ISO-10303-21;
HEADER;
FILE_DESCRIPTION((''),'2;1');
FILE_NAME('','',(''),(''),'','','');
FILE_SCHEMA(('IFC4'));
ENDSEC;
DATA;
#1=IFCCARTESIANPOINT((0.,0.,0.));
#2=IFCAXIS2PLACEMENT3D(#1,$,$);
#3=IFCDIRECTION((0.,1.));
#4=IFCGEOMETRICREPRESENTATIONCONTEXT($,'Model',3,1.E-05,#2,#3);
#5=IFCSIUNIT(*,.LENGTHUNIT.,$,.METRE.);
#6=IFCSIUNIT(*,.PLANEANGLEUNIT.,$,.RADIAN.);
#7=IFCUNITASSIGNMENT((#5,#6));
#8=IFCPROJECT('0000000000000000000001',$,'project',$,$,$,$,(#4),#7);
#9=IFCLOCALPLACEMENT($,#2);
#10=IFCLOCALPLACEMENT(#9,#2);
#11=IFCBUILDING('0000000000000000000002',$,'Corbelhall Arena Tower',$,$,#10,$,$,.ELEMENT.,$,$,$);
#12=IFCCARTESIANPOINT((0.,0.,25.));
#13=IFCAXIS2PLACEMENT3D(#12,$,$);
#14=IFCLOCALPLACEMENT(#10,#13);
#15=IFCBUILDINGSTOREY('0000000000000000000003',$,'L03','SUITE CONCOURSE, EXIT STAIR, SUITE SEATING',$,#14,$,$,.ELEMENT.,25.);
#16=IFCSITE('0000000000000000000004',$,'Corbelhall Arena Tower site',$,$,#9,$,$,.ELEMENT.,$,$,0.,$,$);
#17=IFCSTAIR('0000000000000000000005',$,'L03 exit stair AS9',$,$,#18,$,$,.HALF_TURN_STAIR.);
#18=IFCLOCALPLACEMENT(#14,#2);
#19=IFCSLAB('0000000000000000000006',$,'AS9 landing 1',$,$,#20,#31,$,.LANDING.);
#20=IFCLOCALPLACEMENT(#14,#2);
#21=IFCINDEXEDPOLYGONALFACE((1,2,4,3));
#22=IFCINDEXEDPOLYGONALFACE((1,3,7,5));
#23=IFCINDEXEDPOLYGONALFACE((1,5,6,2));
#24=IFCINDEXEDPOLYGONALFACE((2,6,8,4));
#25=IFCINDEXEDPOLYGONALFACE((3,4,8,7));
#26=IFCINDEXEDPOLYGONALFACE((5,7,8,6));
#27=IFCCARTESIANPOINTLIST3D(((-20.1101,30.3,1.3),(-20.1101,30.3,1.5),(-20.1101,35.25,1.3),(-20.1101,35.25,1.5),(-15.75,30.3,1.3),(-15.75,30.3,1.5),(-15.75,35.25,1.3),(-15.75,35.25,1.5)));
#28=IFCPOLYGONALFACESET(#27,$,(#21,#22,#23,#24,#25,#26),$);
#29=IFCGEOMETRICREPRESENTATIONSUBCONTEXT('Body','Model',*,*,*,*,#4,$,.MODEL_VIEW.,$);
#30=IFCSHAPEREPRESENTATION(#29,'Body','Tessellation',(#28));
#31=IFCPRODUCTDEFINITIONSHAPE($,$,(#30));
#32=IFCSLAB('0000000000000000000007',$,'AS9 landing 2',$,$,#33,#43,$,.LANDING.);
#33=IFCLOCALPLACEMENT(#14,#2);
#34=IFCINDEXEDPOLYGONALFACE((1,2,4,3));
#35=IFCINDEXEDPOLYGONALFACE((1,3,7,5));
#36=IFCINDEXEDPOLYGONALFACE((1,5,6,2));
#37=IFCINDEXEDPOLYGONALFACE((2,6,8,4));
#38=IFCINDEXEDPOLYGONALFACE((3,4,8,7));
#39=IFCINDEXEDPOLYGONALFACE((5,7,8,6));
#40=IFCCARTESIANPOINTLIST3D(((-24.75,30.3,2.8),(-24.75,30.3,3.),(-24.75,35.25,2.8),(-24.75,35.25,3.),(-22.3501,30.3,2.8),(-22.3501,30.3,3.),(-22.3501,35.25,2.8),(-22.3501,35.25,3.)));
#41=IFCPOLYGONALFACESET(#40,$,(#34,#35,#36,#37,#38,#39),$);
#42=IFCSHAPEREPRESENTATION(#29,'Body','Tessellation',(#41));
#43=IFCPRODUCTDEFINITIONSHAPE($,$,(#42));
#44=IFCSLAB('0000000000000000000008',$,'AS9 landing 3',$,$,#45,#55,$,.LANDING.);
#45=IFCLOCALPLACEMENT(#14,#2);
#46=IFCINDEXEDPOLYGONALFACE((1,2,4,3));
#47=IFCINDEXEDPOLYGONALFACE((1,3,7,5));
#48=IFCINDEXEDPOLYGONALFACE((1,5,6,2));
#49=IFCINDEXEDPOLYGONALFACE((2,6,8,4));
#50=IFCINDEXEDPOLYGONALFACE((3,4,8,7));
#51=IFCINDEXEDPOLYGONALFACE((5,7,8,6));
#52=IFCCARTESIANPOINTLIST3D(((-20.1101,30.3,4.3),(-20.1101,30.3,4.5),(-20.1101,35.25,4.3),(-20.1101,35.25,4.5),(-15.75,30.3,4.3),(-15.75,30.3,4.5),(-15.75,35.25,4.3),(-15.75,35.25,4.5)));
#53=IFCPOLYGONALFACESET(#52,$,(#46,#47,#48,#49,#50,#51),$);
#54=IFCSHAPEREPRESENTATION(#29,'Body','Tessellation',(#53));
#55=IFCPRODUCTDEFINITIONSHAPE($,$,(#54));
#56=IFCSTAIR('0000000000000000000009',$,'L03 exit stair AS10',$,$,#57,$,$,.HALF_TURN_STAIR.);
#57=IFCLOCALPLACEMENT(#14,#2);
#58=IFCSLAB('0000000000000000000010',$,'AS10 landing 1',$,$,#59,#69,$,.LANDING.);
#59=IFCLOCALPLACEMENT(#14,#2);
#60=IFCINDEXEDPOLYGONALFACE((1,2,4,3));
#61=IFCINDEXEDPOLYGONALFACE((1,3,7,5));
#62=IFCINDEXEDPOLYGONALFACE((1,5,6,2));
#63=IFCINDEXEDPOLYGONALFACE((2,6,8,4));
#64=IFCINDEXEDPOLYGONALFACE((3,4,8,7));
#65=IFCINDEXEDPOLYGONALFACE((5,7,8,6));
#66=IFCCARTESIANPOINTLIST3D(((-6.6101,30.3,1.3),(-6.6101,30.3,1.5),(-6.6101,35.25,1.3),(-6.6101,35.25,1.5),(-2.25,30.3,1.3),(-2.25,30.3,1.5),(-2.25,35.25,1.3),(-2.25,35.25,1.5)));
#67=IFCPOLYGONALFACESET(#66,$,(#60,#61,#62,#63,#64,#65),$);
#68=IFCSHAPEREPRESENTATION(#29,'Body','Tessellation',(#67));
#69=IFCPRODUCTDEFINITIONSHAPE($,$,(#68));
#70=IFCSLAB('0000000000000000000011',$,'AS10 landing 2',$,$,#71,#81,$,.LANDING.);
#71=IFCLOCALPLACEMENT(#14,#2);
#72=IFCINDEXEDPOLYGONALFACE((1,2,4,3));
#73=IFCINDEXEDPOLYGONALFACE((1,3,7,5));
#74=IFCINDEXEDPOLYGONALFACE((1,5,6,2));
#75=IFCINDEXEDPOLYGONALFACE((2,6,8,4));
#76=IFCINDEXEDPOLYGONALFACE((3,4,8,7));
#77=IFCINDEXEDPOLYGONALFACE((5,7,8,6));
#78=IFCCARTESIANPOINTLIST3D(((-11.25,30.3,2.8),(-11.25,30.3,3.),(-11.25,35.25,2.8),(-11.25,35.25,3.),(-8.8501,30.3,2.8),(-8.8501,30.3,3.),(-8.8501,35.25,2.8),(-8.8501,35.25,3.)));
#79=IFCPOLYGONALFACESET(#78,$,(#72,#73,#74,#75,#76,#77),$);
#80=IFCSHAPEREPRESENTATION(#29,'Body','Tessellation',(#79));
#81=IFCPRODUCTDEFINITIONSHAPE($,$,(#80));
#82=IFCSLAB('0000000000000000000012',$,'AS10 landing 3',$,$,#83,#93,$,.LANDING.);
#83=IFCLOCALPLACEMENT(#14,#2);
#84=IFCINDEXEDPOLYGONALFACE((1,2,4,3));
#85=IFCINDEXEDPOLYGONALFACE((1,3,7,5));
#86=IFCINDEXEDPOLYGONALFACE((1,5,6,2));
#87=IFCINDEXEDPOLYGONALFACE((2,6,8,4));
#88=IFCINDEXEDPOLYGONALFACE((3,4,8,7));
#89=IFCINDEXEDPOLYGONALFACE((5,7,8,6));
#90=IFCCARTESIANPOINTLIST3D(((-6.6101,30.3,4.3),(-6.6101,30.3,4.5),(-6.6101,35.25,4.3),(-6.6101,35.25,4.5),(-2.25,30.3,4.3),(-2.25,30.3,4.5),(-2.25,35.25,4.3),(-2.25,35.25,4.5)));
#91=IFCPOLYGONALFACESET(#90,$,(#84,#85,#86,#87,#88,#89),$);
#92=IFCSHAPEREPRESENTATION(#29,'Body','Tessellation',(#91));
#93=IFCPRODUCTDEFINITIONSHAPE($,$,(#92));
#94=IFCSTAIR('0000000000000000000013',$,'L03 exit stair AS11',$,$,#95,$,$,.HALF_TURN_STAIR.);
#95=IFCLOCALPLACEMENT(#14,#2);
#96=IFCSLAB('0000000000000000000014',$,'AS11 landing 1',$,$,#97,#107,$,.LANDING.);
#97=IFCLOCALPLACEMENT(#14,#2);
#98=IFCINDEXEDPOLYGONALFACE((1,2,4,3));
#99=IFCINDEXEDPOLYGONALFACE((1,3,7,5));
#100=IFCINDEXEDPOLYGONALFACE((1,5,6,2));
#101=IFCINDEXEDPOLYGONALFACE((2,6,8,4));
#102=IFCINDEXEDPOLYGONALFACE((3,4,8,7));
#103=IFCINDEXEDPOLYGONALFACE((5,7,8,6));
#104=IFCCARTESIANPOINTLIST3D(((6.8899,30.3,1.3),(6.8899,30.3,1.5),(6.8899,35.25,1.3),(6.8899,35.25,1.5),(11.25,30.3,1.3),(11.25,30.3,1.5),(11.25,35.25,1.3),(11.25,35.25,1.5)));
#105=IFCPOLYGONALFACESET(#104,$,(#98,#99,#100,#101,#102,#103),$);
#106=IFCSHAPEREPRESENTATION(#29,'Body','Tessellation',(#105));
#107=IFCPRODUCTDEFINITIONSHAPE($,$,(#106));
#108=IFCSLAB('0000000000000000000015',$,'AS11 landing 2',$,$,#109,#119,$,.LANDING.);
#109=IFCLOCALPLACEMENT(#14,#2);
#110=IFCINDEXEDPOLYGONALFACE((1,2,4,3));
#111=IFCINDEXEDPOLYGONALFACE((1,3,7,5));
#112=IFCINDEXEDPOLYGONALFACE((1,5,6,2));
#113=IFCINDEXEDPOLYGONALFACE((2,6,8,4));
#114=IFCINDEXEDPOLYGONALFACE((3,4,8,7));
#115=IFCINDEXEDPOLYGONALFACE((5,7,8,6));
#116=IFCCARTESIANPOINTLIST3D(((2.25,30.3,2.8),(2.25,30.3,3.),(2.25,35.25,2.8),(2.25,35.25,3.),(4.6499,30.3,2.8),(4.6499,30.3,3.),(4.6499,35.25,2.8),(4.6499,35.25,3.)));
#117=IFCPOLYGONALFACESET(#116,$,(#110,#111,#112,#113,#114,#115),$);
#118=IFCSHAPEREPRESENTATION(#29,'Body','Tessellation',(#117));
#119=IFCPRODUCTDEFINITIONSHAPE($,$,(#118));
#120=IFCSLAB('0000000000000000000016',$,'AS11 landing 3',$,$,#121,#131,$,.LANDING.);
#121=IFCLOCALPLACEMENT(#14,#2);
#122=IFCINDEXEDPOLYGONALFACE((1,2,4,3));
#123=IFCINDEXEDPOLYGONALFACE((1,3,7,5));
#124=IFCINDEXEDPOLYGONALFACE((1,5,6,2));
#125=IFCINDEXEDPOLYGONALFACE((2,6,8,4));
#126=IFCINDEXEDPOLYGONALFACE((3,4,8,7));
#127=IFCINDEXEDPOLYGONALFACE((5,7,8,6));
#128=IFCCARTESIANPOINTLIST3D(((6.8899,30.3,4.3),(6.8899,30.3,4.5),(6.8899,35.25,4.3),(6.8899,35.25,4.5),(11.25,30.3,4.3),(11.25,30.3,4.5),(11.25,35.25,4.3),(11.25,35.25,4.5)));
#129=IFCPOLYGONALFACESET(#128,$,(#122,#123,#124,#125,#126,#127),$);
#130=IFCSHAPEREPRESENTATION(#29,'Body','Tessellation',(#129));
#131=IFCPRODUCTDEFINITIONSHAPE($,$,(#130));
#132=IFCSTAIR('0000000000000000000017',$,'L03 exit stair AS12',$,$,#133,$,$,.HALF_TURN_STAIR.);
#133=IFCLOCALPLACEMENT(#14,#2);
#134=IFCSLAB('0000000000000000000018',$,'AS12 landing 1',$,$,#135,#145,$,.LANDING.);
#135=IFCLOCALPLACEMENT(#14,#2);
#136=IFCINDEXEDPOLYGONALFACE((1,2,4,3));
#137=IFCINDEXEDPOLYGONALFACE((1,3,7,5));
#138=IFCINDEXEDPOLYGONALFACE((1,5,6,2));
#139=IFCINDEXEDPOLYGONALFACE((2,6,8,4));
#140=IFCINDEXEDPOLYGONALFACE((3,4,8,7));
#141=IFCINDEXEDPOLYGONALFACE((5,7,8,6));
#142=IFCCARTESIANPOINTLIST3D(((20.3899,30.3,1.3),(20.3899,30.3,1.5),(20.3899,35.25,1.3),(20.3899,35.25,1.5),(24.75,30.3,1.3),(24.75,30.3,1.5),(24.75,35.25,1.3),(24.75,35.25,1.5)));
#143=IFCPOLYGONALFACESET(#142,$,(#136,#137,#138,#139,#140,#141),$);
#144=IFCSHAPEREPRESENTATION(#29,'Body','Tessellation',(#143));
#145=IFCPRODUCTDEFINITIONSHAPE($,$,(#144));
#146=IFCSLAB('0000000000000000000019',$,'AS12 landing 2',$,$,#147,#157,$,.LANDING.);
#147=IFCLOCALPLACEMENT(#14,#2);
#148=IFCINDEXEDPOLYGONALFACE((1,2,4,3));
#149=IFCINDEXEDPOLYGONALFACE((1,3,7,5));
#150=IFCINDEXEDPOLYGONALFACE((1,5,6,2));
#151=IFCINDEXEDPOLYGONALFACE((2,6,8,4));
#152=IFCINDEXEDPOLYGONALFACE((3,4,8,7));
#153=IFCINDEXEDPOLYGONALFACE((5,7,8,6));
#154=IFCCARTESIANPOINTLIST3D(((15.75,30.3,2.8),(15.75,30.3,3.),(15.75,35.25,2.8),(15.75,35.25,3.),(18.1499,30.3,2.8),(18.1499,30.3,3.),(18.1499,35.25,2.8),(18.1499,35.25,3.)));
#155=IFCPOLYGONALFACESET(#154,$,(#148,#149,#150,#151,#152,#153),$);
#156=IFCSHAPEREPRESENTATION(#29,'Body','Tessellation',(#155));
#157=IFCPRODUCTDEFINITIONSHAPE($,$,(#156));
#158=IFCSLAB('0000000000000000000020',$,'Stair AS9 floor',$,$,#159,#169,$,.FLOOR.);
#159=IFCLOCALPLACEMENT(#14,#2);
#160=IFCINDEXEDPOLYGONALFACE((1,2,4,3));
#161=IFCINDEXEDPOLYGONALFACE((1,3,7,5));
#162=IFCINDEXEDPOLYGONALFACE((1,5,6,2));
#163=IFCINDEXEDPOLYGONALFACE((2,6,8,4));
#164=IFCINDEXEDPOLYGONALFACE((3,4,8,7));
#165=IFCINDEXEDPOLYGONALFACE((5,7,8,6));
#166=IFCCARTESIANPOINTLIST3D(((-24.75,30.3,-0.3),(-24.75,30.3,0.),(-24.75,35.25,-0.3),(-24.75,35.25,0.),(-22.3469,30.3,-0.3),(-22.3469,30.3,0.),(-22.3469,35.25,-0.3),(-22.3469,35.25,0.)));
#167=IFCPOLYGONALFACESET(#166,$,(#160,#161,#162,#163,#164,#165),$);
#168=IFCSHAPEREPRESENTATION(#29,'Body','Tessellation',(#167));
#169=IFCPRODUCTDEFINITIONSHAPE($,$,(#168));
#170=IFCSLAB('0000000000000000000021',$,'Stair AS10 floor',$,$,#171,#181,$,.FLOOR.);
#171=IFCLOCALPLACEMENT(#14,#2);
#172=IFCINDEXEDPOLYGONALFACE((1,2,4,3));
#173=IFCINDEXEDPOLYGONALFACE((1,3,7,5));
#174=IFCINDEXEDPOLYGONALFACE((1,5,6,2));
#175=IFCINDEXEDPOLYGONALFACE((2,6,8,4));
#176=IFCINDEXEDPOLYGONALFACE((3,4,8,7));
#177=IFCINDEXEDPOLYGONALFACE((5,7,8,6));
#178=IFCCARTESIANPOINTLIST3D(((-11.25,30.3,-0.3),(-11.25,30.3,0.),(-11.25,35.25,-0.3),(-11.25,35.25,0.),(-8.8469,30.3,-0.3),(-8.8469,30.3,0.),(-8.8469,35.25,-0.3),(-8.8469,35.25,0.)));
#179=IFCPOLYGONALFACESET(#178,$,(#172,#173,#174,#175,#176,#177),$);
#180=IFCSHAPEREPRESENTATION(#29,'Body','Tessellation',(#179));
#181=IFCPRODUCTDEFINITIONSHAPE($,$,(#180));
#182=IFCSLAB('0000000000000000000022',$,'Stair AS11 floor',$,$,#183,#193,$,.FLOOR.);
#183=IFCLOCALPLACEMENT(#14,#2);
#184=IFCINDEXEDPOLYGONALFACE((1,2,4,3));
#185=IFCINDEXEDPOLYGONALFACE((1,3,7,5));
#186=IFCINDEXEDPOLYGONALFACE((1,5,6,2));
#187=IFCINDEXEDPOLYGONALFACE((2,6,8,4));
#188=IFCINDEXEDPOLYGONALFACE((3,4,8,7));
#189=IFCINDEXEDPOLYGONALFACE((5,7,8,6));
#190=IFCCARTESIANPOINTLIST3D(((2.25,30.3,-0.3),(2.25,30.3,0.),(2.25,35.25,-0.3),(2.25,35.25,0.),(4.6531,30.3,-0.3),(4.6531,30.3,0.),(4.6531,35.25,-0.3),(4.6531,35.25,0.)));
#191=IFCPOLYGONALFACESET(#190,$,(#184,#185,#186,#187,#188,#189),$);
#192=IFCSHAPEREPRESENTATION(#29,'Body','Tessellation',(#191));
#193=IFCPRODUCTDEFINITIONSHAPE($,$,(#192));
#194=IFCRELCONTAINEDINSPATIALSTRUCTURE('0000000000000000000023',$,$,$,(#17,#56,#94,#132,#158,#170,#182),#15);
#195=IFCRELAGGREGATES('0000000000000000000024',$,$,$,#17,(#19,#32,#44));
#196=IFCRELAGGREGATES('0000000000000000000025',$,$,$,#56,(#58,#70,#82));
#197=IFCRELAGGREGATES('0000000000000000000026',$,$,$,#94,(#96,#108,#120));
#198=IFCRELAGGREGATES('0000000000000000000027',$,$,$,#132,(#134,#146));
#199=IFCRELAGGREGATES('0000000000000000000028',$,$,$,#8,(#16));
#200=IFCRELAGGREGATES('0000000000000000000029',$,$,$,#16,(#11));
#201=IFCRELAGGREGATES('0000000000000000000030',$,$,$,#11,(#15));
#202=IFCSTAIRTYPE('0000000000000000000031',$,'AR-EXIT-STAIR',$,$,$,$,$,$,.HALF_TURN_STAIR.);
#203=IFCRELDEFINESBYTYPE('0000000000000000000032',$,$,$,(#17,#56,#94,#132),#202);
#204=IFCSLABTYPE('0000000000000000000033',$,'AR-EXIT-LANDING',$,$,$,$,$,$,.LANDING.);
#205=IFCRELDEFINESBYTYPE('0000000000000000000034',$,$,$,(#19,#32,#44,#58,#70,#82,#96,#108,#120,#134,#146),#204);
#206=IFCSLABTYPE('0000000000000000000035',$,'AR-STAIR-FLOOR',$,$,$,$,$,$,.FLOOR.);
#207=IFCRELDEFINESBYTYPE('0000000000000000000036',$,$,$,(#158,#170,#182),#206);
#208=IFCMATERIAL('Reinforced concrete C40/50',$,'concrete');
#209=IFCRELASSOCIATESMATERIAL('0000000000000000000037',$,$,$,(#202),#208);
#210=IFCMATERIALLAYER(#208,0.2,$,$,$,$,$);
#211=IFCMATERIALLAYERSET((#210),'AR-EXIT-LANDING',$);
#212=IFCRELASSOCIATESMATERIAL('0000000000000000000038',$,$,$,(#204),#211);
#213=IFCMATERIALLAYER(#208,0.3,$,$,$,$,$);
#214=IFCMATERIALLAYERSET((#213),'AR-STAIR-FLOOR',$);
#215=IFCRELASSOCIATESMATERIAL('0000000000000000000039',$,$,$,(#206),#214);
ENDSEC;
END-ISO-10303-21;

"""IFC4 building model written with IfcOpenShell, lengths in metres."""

from ifc_helpers import new_model, si_unit, direction, frame, origin, place, context, subcontext, project, spatial, polyline, outline, extrude, material, layer, layer_set, type_object, element, aggregate, save


model = new_model("IFC4")

# Units and contexts
model_context = context("Model", 3, precision=1e-05, world=origin(), true_north=direction((0.0, 1.0)))
body_context = subcontext(model_context, "Body", "Model", "MODEL_VIEW")
ifc_project = project(units=[si_unit("LENGTHUNIT", "METRE"), si_unit("PLANEANGLEUNIT", "RADIAN")], contexts=[model_context])

# Site, building, storey
site_placement = place(None, origin())
site = spatial("IfcSite", under=ifc_project, at=site_placement, Name="Corbelhall Arena Tower site", CompositionType="ELEMENT", RefElevation=0.0)
building_placement = place(site_placement, origin())
building = spatial("IfcBuilding", under=site, at=building_placement, Name="Corbelhall Arena Tower", CompositionType="ELEMENT")
storey_placement = place(building_placement, frame((0.0, 0.0, 25.0)))
storey = spatial("IfcBuildingStorey", under=building, at=storey_placement, Name="L03", Description="SUITE CONCOURSE, EXIT STAIR, SUITE SEATING", CompositionType="ELEMENT", Elevation=25.0)

# Stairs, slabs
ifc_material_1 = material(Name="Reinforced concrete C40/50", Category="concrete")
stair_type_1 = type_object("IfcStairType", Name="AR-EXIT-STAIR", PredefinedType="HALF_TURN_STAIR", material=ifc_material_1)
stair_1_placement = place(storey_placement, origin())
stair_1 = element("IfcStair", 1, at=stair_1_placement, inside=storey, type_object=stair_type_1, Name="L03 exit stair AS9", PredefinedType="HALF_TURN_STAIR")
ifc_layer_1 = layer(ifc_material_1, 0.2)
ifc_layer_set_1 = layer_set([ifc_layer_1], Name="AR-EXIT-LANDING")
slab_type_1 = type_object("IfcSlabType", Name="AR-EXIT-LANDING", PredefinedType="LANDING", material=ifc_layer_set_1)
slab_1_placement = place(storey_placement, frame((0.0, 0.0, 1.3)))
slab_1 = element("IfcSlab", 2, at=slab_1_placement, type_object=slab_type_1, Name="AS9 landing 1", PredefinedType="LANDING", context=body_context, shape_type="SweptSolid", body=[
    extrude(outline(polyline([(-20.1101, 30.3), (-15.75, 30.3), (-15.75, 35.25), (-20.1101, 35.25), (-20.1101, 30.3)])), origin(), (0.0, 0.0, 1.0), 0.2),
])
slab_2_placement = place(storey_placement, frame((0.0, 0.0, 2.8)))
slab_2 = element("IfcSlab", 3, at=slab_2_placement, type_object=slab_type_1, Name="AS9 landing 2", PredefinedType="LANDING", context=body_context, shape_type="SweptSolid", body=[
    extrude(outline(polyline([(-24.75, 30.3), (-22.3501, 30.3), (-22.3501, 35.25), (-24.75, 35.25), (-24.75, 30.3)])), origin(), (0.0, 0.0, 1.0), 0.2),
])
slab_3_placement = place(storey_placement, frame((0.0, 0.0, 4.3)))
slab_3 = element("IfcSlab", 4, at=slab_3_placement, type_object=slab_type_1, Name="AS9 landing 3", PredefinedType="LANDING", context=body_context, shape_type="SweptSolid", body=[
    extrude(outline(polyline([(-20.1101, 30.3), (-15.75, 30.3), (-15.75, 35.25), (-20.1101, 35.25), (-20.1101, 30.3)])), origin(), (0.0, 0.0, 1.0), 0.2),
])
aggregate(stair_1, [slab_1, slab_2, slab_3])
stair_2_placement = place(storey_placement, origin())
stair_2 = element("IfcStair", 5, at=stair_2_placement, inside=storey, type_object=stair_type_1, Name="L03 exit stair AS10", PredefinedType="HALF_TURN_STAIR")
slab_4_placement = place(storey_placement, frame((0.0, 0.0, 1.3)))
slab_4 = element("IfcSlab", 6, at=slab_4_placement, type_object=slab_type_1, Name="AS10 landing 1", PredefinedType="LANDING", context=body_context, shape_type="SweptSolid", body=[
    extrude(outline(polyline([(-6.6101, 30.3), (-2.25, 30.3), (-2.25, 35.25), (-6.6101, 35.25), (-6.6101, 30.3)])), origin(), (0.0, 0.0, 1.0), 0.2),
])
slab_5_placement = place(storey_placement, frame((0.0, 0.0, 2.8)))
slab_5 = element("IfcSlab", 7, at=slab_5_placement, type_object=slab_type_1, Name="AS10 landing 2", PredefinedType="LANDING", context=body_context, shape_type="SweptSolid", body=[
    extrude(outline(polyline([(-11.25, 30.3), (-8.8501, 30.3), (-8.8501, 35.25), (-11.25, 35.25), (-11.25, 30.3)])), origin(), (0.0, 0.0, 1.0), 0.2),
])
slab_6_placement = place(storey_placement, frame((0.0, 0.0, 4.3)))
slab_6 = element("IfcSlab", 8, at=slab_6_placement, type_object=slab_type_1, Name="AS10 landing 3", PredefinedType="LANDING", context=body_context, shape_type="SweptSolid", body=[
    extrude(outline(polyline([(-6.6101, 30.3), (-2.25, 30.3), (-2.25, 35.25), (-6.6101, 35.25), (-6.6101, 30.3)])), origin(), (0.0, 0.0, 1.0), 0.2),
])
aggregate(stair_2, [slab_4, slab_5, slab_6])
stair_3_placement = place(storey_placement, origin())
stair_3 = element("IfcStair", 9, at=stair_3_placement, inside=storey, type_object=stair_type_1, Name="L03 exit stair AS11", PredefinedType="HALF_TURN_STAIR")
slab_7_placement = place(storey_placement, frame((0.0, 0.0, 1.3)))
slab_7 = element("IfcSlab", 10, at=slab_7_placement, type_object=slab_type_1, Name="AS11 landing 1", PredefinedType="LANDING", context=body_context, shape_type="SweptSolid", body=[
    extrude(outline(polyline([(6.8899, 30.3), (11.25, 30.3), (11.25, 35.25), (6.8899, 35.25), (6.8899, 30.3)])), origin(), (0.0, 0.0, 1.0), 0.2),
])
slab_8_placement = place(storey_placement, frame((0.0, 0.0, 2.8)))
slab_8 = element("IfcSlab", 11, at=slab_8_placement, type_object=slab_type_1, Name="AS11 landing 2", PredefinedType="LANDING", context=body_context, shape_type="SweptSolid", body=[
    extrude(outline(polyline([(2.25, 30.3), (4.6499, 30.3), (4.6499, 35.25), (2.25, 35.25), (2.25, 30.3)])), origin(), (0.0, 0.0, 1.0), 0.2),
])
slab_9_placement = place(storey_placement, frame((0.0, 0.0, 4.3)))
slab_9 = element("IfcSlab", 12, at=slab_9_placement, type_object=slab_type_1, Name="AS11 landing 3", PredefinedType="LANDING", context=body_context, shape_type="SweptSolid", body=[
    extrude(outline(polyline([(6.8899, 30.3), (11.25, 30.3), (11.25, 35.25), (6.8899, 35.25), (6.8899, 30.3)])), origin(), (0.0, 0.0, 1.0), 0.2),
])
aggregate(stair_3, [slab_7, slab_8, slab_9])
stair_4_placement = place(storey_placement, origin())
stair_4 = element("IfcStair", 13, at=stair_4_placement, inside=storey, type_object=stair_type_1, Name="L03 exit stair AS12", PredefinedType="HALF_TURN_STAIR")
slab_10_placement = place(storey_placement, frame((0.0, 0.0, 1.3)))
slab_10 = element("IfcSlab", 14, at=slab_10_placement, type_object=slab_type_1, Name="AS12 landing 1", PredefinedType="LANDING", context=body_context, shape_type="SweptSolid", body=[
    extrude(outline(polyline([(20.3899, 30.3), (24.75, 30.3), (24.75, 35.25), (20.3899, 35.25), (20.3899, 30.3)])), origin(), (0.0, 0.0, 1.0), 0.2),
])
slab_11_placement = place(storey_placement, frame((0.0, 0.0, 2.8)))
slab_11 = element("IfcSlab", 15, at=slab_11_placement, type_object=slab_type_1, Name="AS12 landing 2", PredefinedType="LANDING", context=body_context, shape_type="SweptSolid", body=[
    extrude(outline(polyline([(15.75, 30.3), (18.1499, 30.3), (18.1499, 35.25), (15.75, 35.25), (15.75, 30.3)])), origin(), (0.0, 0.0, 1.0), 0.2),
])
aggregate(stair_4, [slab_10, slab_11])

# Slabs
ifc_layer_2 = layer(ifc_material_1, 0.3)
ifc_layer_set_2 = layer_set([ifc_layer_2], Name="AR-STAIR-FLOOR")
slab_type_2 = type_object("IfcSlabType", Name="AR-STAIR-FLOOR", PredefinedType="FLOOR", material=ifc_layer_set_2)
slab_12_placement = place(storey_placement, frame((0.0, 0.0, -0.3)))
element("IfcSlab", 16, at=slab_12_placement, inside=storey, type_object=slab_type_2, Name="Stair AS9 floor", PredefinedType="FLOOR", context=body_context, shape_type="SweptSolid", body=[
    extrude(outline(polyline([(-24.75, 30.3), (-24.75, 35.25), (-22.3469, 35.25), (-22.3469, 30.3), (-24.75, 30.3)])), origin(), (0.0, 0.0, 1.0), 0.3),
])
slab_13_placement = place(storey_placement, frame((0.0, 0.0, -0.3)))
element("IfcSlab", 17, at=slab_13_placement, inside=storey, type_object=slab_type_2, Name="Stair AS10 floor", PredefinedType="FLOOR", context=body_context, shape_type="SweptSolid", body=[
    extrude(outline(polyline([(-11.25, 30.3), (-11.25, 35.25), (-8.8469, 35.25), (-8.8469, 30.3), (-11.25, 30.3)])), origin(), (0.0, 0.0, 1.0), 0.3),
])
slab_14_placement = place(storey_placement, frame((0.0, 0.0, -0.3)))
element("IfcSlab", 18, at=slab_14_placement, inside=storey, type_object=slab_type_2, Name="Stair AS11 floor", PredefinedType="FLOOR", context=body_context, shape_type="SweptSolid", body=[
    extrude(outline(polyline([(2.25, 30.3), (2.25, 35.25), (4.6531, 35.25), (4.6531, 30.3), (2.25, 30.3)])), origin(), (0.0, 0.0, 1.0), 0.3),
])

save(model, "model.ifc")
